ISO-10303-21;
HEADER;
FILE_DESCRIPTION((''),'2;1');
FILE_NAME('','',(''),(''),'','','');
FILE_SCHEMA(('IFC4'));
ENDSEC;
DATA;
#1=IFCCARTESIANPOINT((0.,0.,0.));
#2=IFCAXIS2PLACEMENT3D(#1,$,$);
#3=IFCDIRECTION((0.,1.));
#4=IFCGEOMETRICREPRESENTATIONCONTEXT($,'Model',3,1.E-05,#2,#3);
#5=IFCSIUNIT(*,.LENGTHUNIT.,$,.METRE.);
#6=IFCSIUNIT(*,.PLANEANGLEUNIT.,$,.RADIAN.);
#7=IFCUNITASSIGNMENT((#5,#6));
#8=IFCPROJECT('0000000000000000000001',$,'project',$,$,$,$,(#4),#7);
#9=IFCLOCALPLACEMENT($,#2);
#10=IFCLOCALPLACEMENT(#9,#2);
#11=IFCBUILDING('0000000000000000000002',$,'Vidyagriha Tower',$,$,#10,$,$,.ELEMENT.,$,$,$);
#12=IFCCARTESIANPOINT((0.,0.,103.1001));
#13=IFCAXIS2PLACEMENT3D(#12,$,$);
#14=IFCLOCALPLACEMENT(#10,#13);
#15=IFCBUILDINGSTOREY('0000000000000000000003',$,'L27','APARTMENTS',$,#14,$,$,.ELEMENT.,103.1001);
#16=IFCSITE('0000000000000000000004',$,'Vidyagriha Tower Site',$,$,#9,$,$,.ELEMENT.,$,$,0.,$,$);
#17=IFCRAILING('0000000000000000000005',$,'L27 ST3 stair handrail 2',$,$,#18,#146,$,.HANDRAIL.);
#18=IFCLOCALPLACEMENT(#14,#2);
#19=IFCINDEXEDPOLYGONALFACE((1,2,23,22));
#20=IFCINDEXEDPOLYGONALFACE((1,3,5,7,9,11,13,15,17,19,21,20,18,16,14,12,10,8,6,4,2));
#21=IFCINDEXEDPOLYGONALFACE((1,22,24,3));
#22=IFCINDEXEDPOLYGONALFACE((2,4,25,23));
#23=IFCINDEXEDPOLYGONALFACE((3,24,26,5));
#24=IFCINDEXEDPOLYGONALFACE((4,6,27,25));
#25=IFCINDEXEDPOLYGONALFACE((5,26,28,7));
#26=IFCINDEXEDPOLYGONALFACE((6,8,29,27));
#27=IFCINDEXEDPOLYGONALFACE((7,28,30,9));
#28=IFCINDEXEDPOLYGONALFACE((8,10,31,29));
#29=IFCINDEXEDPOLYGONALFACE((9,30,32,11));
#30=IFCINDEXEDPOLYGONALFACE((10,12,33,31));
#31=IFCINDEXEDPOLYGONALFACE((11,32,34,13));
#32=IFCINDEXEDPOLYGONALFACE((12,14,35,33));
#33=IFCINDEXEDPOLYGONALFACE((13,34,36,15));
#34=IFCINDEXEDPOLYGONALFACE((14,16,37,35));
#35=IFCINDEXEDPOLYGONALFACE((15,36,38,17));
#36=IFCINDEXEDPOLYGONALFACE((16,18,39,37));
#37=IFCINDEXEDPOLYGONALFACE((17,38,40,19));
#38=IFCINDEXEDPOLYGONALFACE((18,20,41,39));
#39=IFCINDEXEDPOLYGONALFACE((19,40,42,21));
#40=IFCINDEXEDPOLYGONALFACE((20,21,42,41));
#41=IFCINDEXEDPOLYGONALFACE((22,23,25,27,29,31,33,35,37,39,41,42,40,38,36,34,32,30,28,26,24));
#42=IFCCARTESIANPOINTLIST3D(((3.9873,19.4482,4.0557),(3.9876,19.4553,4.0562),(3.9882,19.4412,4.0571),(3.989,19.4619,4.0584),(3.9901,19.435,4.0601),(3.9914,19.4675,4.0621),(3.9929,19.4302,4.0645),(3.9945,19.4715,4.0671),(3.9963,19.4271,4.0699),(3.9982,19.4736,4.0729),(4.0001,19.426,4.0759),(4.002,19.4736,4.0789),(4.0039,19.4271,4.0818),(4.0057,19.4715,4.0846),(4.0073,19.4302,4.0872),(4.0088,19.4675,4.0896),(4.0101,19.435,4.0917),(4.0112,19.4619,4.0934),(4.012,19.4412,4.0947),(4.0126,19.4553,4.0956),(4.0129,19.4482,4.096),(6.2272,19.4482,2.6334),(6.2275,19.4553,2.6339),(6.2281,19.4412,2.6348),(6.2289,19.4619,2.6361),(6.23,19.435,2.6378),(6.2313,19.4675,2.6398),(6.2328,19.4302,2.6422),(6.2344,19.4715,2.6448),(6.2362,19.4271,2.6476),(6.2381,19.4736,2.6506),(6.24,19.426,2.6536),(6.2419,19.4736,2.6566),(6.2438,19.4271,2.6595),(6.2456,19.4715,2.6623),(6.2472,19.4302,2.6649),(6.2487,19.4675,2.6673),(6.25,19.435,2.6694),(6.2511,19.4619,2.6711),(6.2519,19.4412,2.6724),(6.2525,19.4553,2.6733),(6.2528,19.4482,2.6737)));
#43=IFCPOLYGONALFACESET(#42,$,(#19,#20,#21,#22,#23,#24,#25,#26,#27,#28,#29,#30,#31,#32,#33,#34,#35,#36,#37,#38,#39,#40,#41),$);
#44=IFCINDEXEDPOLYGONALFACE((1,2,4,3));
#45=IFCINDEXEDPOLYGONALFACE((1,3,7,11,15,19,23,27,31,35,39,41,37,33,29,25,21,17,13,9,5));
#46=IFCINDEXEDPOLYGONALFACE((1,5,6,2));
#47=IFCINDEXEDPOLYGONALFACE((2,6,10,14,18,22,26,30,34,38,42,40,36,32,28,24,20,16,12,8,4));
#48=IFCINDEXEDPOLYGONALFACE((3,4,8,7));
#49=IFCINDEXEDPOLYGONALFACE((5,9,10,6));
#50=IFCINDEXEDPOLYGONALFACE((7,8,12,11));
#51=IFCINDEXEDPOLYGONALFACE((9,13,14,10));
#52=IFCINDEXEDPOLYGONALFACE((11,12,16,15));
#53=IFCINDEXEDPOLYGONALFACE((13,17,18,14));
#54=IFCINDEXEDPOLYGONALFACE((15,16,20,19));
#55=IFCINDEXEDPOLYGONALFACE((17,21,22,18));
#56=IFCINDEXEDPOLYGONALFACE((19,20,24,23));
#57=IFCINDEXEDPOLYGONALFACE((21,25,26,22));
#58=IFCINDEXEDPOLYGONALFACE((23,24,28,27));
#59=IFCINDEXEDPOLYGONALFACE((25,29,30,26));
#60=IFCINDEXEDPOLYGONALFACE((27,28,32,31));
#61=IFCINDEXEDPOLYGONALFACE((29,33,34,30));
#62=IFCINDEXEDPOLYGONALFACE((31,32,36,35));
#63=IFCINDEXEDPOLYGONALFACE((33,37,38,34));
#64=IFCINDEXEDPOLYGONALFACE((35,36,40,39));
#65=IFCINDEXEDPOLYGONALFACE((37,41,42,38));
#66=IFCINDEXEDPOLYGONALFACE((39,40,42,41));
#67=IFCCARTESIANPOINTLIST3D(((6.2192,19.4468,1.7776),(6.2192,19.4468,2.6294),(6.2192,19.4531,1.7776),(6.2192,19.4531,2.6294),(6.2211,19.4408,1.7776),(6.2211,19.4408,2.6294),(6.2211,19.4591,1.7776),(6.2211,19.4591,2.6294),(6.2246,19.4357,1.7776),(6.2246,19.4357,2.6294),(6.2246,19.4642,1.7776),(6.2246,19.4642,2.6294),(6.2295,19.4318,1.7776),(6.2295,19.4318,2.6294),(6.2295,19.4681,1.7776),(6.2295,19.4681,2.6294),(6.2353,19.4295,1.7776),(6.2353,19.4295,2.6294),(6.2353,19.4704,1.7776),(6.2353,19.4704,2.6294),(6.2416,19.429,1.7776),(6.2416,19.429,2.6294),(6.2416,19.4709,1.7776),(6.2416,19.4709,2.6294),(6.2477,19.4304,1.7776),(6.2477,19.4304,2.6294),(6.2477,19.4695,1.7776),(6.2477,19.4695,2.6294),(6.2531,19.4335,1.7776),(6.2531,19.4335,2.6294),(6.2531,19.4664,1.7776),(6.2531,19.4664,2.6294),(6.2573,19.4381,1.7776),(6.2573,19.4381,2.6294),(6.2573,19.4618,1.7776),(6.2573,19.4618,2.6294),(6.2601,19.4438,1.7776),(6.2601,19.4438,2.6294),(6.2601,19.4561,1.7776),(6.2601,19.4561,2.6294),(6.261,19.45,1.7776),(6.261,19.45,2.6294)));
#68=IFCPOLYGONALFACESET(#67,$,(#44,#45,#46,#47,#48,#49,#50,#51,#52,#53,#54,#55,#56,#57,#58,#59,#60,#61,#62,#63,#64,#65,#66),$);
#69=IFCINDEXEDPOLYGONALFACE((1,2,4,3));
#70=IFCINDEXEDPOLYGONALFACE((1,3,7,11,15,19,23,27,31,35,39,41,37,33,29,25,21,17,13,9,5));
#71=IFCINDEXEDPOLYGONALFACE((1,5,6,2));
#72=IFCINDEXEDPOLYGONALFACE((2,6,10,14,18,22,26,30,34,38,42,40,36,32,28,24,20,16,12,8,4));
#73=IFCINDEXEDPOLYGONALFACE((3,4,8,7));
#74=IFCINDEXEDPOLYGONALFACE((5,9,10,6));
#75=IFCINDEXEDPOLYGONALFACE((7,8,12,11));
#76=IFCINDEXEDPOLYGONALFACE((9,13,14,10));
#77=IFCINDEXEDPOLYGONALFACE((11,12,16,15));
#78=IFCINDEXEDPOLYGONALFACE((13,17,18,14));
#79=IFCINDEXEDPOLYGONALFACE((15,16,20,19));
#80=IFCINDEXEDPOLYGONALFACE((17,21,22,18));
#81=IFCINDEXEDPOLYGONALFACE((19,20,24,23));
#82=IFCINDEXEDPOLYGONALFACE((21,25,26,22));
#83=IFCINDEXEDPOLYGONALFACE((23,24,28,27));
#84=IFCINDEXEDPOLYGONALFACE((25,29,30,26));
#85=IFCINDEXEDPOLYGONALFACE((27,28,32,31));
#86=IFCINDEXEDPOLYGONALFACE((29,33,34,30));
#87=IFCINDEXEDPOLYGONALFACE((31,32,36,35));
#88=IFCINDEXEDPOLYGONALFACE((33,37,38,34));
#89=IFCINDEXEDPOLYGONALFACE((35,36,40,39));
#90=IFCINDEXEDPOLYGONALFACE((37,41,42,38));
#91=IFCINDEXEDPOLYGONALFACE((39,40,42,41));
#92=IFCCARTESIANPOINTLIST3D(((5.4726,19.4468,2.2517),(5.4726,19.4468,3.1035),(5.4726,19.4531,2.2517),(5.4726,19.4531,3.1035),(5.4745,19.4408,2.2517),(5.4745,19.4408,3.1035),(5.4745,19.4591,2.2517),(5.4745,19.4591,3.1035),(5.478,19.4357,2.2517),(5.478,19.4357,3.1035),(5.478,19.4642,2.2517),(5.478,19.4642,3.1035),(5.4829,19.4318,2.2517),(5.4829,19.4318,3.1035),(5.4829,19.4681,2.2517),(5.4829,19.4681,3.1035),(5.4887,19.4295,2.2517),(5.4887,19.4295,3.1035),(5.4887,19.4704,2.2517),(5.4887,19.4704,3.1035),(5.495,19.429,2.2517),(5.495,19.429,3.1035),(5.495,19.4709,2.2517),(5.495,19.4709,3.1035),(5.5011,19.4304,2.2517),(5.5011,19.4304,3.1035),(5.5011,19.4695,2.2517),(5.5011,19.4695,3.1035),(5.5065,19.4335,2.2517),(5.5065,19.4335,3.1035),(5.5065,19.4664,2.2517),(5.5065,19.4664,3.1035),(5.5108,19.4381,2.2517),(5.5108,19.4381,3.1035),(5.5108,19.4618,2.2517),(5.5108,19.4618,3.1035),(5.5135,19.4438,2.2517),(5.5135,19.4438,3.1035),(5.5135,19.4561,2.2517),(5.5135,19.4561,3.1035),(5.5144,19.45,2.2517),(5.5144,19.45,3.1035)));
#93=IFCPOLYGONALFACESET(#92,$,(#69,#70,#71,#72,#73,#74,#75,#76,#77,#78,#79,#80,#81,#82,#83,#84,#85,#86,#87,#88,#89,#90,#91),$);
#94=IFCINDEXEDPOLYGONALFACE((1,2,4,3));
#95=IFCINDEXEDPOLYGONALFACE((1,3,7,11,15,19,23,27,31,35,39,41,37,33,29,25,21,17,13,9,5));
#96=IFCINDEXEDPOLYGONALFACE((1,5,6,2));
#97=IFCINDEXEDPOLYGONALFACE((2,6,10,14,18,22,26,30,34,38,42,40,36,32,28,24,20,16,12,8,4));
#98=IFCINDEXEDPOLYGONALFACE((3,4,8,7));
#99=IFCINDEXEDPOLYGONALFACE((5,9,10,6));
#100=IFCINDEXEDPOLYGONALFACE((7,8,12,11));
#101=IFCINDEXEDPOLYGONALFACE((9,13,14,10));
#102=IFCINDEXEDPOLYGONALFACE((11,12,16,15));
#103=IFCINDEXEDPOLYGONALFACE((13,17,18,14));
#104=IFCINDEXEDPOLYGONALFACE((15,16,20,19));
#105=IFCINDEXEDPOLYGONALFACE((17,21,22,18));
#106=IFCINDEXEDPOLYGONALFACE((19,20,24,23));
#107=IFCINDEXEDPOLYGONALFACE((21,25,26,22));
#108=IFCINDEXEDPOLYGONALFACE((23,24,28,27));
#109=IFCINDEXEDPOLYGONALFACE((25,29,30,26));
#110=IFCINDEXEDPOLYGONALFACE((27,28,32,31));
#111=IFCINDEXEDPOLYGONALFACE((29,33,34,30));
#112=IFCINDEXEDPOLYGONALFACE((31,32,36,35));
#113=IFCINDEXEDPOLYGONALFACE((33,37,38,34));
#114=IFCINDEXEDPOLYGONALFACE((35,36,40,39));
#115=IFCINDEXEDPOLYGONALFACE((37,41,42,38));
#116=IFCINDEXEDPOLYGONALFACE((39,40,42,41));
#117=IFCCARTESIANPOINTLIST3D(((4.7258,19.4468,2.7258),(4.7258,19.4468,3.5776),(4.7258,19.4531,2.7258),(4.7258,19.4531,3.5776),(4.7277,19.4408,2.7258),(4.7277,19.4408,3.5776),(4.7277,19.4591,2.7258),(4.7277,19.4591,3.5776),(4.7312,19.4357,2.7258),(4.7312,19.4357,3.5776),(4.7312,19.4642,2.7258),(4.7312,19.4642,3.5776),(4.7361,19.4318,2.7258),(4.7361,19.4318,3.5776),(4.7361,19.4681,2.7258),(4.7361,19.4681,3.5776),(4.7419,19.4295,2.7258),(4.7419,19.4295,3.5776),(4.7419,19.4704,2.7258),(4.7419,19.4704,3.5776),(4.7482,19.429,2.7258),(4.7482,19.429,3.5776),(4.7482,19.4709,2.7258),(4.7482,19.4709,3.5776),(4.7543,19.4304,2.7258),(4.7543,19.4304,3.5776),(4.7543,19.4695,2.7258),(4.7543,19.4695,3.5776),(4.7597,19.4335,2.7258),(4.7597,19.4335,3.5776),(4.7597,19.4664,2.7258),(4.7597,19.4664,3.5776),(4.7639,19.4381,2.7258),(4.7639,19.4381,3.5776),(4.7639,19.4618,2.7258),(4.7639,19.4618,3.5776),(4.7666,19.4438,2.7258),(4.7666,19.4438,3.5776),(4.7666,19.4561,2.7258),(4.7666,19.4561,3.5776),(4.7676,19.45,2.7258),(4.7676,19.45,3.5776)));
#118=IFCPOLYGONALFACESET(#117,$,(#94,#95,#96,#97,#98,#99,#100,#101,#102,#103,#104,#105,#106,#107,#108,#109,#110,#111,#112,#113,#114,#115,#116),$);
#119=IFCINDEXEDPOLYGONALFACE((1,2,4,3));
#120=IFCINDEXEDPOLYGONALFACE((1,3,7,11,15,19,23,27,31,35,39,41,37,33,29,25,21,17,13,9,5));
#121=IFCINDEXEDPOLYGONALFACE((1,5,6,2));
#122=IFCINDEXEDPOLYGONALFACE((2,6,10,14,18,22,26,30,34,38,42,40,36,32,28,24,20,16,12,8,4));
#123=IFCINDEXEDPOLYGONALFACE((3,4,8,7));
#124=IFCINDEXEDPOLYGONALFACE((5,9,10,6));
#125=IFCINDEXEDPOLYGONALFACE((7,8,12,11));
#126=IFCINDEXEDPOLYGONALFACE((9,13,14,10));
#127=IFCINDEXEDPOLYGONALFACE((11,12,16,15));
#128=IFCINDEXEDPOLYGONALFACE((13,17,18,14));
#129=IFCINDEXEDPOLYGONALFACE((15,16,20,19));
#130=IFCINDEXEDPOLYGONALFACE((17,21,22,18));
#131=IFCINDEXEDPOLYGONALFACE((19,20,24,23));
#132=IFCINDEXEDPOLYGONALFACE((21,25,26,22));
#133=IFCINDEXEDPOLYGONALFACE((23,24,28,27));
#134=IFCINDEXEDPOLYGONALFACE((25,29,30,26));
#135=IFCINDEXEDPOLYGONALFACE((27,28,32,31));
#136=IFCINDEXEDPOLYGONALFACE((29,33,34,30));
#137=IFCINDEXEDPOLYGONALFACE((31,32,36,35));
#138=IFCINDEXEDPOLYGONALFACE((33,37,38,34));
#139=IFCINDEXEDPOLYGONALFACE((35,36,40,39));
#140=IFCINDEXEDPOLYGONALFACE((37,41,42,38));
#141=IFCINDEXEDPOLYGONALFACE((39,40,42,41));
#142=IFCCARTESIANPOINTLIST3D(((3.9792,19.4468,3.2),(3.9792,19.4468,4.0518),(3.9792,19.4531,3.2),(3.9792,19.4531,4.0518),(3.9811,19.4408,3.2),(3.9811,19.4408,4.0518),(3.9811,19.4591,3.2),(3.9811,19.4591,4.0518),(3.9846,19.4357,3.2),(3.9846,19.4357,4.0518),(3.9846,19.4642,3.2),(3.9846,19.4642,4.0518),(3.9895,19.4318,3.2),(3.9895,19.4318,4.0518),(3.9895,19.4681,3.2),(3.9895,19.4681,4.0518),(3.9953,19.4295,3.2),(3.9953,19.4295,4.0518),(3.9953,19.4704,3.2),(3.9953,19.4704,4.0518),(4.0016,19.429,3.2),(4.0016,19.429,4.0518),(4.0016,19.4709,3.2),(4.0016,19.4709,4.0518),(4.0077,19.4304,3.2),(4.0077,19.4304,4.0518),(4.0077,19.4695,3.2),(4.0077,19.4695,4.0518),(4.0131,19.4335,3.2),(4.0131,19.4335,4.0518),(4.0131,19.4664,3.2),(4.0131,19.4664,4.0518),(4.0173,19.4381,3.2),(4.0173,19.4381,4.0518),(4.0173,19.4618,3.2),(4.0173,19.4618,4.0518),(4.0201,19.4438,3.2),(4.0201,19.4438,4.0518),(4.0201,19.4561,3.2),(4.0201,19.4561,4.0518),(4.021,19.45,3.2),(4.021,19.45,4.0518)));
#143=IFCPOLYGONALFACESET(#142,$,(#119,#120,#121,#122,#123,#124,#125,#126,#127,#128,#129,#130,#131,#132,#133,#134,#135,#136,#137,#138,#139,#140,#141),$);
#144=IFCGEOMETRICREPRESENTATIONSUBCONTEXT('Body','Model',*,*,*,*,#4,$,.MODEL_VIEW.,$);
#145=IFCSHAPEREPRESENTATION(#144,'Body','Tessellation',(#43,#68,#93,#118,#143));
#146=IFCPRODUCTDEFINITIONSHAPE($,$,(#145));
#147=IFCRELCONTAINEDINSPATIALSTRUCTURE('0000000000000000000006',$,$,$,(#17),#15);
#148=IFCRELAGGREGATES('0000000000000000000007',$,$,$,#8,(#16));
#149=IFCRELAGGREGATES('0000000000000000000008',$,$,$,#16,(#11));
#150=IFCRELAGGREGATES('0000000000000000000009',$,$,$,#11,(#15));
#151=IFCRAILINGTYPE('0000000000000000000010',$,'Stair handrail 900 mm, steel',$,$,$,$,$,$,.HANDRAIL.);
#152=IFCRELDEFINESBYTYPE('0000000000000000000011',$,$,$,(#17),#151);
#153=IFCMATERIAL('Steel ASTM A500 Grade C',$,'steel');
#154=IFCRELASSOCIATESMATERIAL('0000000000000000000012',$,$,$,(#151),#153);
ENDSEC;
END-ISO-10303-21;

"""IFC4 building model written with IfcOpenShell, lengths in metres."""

from ifc_helpers import new_model, si_unit, direction, frame, origin, origin_2d, place, context, subcontext, project, spatial, circle, extrude, material, type_object, element, save


model = new_model("IFC4")

# Units and contexts
model_context = context("Model", 3, precision=1e-05, world=origin(), true_north=direction((0.0, 1.0)))
body_context = subcontext(model_context, "Body", "Model", "MODEL_VIEW")
ifc_project = project(units=[si_unit("LENGTHUNIT", "METRE"), si_unit("PLANEANGLEUNIT", "RADIAN")], contexts=[model_context])

# Site, building, storey
site_placement = place(None, origin())
site = spatial("IfcSite", under=ifc_project, at=site_placement, Name="Vidyagriha Tower Site", CompositionType="ELEMENT", RefElevation=0.0)
building_placement = place(site_placement, origin())
building = spatial("IfcBuilding", under=site, at=building_placement, Name="Vidyagriha Tower", CompositionType="ELEMENT")
storey_placement = place(building_placement, frame((0.0, 0.0, 103.1001)))
storey = spatial("IfcBuildingStorey", under=building, at=storey_placement, Name="L27", Description="APARTMENTS", CompositionType="ELEMENT", Elevation=103.1001)

# Railing
ifc_material_1 = material(Name="Steel ASTM A500 Grade C", Category="steel")
railing_type_1 = type_object("IfcRailingType", Name="Stair handrail 900 mm, steel", PredefinedType="HANDRAIL", material=ifc_material_1)
railing_1_placement = place(storey_placement, frame((6.24, 19.45, 1.7776)))
element("IfcRailing", 1, at=railing_1_placement, inside=storey, type_object=railing_type_1, Name="L27 ST3 stair handrail 2", PredefinedType="HANDRAIL", context=body_context, shape_type="SweptSolid", body=[
    extrude(circle(Radius=0.0239, at=origin_2d()), frame((0.0, 0.0, 0.876), z_axis=(-0.844188, 0.0, 0.536048), x_axis=(0.0, -1.0, 0.0)), (0.0, 0.0, 1.0), 2.6533),
    extrude(circle(Radius=0.021, at=origin_2d()), origin(), (0.0, 0.0, 1.0), 0.8518),
    extrude(circle(Radius=0.021, at=origin_2d()), frame((-0.7466, 0.0, 0.4741)), (0.0, 0.0, 1.0), 0.8518),
    extrude(circle(Radius=0.021, at=origin_2d()), frame((-1.4934, 0.0, 0.9482)), (0.0, 0.0, 1.0), 0.8518),
    extrude(circle(Radius=0.021, at=origin_2d()), frame((-2.24, 0.0, 1.4224)), (0.0, 0.0, 1.0), 0.8518),
])

save(model, "model.ifc")
